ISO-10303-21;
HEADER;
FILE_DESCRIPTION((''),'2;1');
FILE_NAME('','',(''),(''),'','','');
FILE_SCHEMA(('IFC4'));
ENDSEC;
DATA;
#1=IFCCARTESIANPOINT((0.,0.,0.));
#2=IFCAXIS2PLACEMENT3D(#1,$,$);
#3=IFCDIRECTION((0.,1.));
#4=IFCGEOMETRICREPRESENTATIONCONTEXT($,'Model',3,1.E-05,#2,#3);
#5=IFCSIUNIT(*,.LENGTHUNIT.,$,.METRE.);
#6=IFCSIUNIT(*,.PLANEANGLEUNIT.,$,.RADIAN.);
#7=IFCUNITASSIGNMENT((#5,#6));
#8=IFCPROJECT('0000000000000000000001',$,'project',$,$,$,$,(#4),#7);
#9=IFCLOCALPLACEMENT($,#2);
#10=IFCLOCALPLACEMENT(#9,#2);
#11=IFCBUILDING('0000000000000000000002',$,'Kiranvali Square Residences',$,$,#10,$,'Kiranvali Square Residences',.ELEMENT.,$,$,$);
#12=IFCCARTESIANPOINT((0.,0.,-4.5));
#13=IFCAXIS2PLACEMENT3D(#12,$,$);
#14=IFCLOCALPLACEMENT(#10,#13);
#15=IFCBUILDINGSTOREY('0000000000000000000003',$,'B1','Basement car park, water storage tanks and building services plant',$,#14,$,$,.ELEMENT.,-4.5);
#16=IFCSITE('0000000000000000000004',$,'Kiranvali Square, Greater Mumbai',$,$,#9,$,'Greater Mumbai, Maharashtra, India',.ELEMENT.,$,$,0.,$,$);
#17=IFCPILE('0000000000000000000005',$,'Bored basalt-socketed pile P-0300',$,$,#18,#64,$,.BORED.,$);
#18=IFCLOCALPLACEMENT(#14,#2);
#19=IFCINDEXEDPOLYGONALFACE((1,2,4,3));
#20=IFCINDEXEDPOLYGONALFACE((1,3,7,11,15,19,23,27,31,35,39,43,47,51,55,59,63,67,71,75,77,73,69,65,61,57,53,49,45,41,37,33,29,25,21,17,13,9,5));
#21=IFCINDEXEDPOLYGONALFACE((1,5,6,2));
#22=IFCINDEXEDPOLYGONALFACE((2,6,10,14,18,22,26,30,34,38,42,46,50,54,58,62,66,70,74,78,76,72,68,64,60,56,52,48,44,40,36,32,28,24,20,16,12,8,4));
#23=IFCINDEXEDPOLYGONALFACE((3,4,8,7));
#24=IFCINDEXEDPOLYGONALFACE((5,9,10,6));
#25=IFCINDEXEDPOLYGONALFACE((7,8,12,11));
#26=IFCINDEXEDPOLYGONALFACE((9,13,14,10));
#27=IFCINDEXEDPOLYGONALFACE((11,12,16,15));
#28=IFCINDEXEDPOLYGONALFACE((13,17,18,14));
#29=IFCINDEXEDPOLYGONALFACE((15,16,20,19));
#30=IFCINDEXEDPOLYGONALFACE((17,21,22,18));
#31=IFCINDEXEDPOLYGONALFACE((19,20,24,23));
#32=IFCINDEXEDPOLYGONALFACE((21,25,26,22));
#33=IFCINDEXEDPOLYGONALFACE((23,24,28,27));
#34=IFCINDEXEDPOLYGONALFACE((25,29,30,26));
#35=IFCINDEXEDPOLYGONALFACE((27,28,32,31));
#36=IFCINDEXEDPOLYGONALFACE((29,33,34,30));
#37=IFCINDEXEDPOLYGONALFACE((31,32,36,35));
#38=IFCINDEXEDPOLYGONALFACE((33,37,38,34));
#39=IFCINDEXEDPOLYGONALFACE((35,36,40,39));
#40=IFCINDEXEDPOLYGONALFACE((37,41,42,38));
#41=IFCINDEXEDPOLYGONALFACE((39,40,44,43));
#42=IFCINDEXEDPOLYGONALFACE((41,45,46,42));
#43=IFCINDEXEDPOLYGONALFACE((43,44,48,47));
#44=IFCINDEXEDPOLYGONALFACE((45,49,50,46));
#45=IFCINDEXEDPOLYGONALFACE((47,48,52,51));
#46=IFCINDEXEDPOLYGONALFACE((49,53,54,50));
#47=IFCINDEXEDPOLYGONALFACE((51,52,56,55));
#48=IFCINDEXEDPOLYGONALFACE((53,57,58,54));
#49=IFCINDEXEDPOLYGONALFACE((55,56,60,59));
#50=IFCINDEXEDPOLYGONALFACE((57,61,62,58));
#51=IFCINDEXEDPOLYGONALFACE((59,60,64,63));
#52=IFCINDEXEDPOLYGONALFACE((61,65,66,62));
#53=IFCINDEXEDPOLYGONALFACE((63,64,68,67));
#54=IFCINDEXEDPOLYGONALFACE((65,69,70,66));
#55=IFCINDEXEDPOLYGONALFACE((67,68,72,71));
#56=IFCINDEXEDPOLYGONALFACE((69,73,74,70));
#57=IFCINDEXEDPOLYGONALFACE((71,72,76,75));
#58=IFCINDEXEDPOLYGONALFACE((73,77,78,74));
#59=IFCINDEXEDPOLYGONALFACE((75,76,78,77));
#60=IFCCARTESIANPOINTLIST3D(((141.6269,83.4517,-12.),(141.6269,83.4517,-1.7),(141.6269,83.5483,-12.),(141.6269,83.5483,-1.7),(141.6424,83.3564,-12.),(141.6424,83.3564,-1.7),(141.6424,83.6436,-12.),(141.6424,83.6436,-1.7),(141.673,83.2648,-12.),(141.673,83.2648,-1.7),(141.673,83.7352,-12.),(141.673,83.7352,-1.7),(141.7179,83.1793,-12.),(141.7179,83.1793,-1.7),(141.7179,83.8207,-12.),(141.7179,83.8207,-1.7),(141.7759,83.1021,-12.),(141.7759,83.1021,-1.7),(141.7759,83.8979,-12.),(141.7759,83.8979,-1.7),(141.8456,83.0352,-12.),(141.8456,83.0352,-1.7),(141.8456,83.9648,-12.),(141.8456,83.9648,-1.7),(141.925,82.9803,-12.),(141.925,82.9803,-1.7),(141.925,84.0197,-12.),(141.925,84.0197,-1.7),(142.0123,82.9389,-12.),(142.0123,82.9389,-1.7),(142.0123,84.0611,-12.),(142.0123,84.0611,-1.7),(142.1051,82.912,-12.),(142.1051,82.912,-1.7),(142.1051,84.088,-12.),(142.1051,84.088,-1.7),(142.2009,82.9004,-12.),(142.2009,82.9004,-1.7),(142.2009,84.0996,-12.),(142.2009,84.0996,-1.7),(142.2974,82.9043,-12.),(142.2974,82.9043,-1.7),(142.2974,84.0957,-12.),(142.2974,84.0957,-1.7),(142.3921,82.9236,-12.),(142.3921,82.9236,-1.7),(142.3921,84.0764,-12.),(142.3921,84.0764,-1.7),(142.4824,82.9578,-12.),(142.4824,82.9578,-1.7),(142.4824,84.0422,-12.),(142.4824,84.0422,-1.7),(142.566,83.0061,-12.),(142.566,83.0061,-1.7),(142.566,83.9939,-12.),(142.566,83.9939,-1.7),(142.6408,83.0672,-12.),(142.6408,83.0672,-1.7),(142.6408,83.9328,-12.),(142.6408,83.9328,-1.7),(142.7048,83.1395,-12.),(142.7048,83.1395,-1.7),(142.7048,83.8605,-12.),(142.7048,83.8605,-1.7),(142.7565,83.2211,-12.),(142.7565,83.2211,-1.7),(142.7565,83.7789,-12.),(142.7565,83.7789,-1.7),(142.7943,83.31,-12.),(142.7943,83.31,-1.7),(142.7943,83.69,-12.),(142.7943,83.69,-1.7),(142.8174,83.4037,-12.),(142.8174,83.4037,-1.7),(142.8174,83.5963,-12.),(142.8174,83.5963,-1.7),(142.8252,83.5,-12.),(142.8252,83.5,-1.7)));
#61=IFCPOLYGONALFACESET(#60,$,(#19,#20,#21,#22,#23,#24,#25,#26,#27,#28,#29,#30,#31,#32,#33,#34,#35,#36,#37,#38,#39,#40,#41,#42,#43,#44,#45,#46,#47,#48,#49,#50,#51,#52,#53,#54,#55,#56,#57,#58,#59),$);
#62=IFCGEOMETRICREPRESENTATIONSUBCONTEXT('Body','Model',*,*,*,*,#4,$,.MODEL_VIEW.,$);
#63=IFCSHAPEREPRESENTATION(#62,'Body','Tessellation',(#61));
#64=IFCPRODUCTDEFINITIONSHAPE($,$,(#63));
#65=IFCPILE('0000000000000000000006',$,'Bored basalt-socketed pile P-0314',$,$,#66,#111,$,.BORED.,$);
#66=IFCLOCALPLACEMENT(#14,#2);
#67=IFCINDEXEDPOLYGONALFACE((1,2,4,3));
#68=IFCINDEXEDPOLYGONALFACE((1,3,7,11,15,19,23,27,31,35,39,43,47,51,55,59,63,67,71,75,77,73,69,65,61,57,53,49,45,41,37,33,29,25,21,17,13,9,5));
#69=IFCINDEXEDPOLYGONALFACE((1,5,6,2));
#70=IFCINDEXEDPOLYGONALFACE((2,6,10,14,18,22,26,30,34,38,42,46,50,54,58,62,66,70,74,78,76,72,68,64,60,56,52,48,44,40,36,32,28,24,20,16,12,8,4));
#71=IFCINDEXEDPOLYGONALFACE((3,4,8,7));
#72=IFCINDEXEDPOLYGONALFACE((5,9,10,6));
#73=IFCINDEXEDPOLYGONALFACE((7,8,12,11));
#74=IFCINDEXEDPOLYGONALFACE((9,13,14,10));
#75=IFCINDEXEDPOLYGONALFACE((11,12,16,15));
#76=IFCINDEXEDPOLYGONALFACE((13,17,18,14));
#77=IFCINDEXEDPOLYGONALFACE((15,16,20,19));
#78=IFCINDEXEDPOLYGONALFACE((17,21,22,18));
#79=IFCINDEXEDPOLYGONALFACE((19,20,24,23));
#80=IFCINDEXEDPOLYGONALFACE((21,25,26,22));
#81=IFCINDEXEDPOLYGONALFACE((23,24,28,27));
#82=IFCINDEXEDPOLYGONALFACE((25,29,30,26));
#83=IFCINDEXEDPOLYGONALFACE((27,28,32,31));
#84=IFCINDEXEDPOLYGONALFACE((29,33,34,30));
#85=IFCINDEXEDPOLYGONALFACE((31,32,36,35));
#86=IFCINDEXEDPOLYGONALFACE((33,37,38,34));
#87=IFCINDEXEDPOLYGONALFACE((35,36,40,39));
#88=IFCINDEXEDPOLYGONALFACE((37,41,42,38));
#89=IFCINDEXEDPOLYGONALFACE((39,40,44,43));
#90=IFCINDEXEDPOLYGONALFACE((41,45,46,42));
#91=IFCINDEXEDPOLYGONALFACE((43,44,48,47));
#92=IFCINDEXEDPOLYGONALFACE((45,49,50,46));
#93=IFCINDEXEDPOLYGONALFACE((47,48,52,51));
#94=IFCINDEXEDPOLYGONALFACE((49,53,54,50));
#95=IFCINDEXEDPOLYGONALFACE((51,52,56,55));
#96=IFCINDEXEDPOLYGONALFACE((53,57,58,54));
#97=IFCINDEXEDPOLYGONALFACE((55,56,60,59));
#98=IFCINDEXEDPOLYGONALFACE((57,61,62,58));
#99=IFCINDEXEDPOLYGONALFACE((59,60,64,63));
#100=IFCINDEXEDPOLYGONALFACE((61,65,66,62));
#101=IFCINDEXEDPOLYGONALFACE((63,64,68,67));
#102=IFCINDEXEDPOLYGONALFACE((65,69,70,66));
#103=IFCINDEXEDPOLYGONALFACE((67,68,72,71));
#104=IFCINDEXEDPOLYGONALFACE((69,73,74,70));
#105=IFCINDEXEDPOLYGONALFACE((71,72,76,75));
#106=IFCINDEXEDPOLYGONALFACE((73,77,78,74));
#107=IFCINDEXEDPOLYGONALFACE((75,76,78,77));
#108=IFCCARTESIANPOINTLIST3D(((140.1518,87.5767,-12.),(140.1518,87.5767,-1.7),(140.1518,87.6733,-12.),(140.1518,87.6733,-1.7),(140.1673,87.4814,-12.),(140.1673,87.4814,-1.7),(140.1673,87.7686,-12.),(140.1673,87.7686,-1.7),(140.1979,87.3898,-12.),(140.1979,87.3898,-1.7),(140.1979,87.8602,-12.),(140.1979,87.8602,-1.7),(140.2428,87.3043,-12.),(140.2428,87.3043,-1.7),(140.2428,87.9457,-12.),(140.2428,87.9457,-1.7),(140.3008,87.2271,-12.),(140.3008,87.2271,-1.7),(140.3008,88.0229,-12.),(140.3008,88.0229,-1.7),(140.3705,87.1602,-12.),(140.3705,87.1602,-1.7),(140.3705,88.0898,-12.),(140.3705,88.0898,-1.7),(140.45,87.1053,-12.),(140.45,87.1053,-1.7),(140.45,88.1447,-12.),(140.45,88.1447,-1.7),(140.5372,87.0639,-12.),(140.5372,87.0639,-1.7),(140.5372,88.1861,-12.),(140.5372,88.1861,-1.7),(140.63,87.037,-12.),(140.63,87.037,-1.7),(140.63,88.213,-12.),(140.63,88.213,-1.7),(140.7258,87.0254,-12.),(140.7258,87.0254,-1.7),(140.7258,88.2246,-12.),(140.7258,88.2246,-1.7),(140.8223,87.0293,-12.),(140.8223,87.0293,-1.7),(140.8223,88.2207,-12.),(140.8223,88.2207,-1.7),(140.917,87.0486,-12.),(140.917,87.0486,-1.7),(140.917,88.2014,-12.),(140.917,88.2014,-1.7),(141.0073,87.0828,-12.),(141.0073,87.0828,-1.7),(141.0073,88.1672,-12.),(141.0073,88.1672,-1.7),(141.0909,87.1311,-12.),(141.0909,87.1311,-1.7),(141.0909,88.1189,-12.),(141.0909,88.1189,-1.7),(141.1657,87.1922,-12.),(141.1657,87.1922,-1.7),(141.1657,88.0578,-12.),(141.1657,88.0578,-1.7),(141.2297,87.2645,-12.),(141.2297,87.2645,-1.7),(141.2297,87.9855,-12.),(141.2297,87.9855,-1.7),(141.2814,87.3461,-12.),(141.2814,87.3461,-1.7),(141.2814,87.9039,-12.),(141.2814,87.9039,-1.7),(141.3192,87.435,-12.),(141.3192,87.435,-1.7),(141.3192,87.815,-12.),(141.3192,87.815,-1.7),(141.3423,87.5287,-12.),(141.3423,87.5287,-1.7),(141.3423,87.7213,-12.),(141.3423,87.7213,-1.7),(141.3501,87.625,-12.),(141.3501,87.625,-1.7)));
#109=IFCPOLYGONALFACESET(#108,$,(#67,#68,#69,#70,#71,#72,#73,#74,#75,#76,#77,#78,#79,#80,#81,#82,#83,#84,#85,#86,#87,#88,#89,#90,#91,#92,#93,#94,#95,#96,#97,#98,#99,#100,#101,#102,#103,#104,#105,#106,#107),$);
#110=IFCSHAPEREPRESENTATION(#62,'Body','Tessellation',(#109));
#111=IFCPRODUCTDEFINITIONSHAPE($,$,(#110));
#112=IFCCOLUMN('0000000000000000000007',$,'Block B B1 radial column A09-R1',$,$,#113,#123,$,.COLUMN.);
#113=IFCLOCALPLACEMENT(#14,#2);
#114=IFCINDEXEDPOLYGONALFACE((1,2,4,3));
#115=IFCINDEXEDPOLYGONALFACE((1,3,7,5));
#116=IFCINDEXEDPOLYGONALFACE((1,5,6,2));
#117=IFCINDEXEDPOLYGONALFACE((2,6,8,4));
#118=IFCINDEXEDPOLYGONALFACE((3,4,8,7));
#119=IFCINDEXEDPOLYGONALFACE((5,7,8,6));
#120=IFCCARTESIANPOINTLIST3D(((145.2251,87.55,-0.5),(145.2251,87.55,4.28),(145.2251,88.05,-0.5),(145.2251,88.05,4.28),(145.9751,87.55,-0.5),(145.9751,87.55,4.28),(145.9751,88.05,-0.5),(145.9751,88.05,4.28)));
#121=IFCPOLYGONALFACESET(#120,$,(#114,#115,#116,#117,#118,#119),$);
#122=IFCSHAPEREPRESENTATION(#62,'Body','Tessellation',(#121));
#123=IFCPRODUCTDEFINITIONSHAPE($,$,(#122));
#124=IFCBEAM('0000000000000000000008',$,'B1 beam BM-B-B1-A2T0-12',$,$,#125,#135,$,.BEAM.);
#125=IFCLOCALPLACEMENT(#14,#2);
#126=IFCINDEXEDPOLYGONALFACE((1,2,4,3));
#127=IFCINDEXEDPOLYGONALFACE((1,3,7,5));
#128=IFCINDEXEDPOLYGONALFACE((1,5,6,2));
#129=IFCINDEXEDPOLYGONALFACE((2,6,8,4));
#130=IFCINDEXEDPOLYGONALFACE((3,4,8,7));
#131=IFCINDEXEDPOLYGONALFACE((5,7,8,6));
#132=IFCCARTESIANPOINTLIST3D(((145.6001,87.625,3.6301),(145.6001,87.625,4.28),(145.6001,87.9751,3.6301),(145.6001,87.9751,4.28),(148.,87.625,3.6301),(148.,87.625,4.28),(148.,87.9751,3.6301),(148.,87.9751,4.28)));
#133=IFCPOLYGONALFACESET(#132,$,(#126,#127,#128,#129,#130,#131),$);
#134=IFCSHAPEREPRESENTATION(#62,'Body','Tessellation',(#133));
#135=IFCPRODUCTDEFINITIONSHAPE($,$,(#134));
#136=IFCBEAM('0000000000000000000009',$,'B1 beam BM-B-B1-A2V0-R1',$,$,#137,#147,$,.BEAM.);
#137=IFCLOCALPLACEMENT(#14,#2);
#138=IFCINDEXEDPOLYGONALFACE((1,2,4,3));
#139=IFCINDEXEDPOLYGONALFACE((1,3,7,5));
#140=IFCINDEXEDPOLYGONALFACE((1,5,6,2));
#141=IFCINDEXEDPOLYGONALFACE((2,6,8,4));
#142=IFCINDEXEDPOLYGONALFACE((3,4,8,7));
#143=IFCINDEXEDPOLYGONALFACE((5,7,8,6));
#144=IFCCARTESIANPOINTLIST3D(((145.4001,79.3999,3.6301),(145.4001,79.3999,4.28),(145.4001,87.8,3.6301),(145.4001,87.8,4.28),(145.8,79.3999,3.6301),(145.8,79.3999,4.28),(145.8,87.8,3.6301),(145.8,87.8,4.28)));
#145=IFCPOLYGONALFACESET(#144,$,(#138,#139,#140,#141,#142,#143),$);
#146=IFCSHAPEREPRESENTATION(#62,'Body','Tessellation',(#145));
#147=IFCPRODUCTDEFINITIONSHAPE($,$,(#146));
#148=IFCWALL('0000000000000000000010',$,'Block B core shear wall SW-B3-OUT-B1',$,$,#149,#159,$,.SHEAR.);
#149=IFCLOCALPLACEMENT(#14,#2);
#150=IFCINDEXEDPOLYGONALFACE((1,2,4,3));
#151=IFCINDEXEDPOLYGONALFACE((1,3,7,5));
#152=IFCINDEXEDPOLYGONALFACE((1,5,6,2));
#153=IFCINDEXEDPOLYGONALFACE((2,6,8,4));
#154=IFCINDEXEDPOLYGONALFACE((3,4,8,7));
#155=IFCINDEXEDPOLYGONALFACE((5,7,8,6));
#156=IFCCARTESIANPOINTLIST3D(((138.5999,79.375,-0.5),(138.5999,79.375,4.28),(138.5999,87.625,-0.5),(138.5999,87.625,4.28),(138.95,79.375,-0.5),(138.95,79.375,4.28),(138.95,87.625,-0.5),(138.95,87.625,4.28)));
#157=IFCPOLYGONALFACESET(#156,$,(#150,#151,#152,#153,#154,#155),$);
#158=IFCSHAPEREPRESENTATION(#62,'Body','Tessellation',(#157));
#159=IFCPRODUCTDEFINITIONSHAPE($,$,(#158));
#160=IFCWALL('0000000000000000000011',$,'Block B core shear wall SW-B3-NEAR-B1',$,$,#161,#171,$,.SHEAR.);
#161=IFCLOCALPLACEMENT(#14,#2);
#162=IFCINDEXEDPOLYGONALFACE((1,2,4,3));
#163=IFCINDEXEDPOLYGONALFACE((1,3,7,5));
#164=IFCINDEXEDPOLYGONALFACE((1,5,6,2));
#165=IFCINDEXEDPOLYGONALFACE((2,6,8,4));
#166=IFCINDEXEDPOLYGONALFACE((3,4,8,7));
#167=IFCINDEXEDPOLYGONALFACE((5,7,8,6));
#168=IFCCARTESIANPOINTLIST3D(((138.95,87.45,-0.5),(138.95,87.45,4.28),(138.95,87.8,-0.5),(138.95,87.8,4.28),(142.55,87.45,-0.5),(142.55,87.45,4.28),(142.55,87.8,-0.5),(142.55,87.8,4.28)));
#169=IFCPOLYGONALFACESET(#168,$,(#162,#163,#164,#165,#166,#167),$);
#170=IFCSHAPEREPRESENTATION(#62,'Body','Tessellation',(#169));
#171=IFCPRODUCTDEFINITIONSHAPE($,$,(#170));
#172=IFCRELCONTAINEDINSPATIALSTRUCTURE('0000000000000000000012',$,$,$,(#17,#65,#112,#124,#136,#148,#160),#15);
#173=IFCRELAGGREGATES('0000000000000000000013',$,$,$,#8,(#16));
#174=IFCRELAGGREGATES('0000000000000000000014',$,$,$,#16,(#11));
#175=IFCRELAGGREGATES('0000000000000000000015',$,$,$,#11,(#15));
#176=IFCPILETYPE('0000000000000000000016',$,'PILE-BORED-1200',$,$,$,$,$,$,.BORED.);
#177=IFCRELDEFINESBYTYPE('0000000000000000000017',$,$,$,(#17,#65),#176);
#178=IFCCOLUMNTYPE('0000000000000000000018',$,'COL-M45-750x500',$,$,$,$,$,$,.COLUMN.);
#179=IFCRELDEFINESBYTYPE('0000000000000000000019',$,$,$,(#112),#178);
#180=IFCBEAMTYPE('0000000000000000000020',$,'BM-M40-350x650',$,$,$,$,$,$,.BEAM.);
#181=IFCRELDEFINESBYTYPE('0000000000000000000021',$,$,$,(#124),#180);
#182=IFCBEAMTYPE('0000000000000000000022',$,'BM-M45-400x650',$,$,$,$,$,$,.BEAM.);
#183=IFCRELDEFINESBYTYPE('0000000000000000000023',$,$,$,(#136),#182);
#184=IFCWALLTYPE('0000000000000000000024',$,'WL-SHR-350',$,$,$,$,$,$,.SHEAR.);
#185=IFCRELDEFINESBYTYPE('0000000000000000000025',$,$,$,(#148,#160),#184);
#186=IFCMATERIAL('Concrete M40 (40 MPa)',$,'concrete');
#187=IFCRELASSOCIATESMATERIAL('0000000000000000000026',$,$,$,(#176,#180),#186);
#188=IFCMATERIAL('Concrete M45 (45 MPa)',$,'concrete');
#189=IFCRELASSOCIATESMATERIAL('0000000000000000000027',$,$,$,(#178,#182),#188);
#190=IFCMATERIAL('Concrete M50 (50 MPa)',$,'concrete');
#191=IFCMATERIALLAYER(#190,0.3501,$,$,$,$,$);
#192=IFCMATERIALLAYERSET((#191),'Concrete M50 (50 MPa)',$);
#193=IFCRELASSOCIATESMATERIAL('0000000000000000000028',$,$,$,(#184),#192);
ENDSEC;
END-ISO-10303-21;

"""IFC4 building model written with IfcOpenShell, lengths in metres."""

from ifc_helpers import new_model, si_unit, direction, frame, frame_2d, origin, origin_2d, place, context, subcontext, project, spatial, rectangle, circle, extrude, material, layer, layer_set, material_profile, profile_set, type_object, element, save


model = new_model("IFC4")

# Units and contexts
model_context = context("Model", 3, precision=1e-05, world=origin(), true_north=direction((0.0, 1.0)))
body_context = subcontext(model_context, "Body", "Model", "MODEL_VIEW")
ifc_project = project(units=[si_unit("LENGTHUNIT", "METRE"), si_unit("PLANEANGLEUNIT", "RADIAN")], contexts=[model_context])

# Site, building, storey
site_placement = place(None, origin())
site = spatial("IfcSite", under=ifc_project, at=site_placement, Name="Kiranvali Square, Greater Mumbai", LongName="Greater Mumbai, Maharashtra, India", CompositionType="ELEMENT", RefElevation=0.0)
building_placement = place(site_placement, origin())
building = spatial("IfcBuilding", under=site, at=building_placement, Name="Kiranvali Square Residences", LongName="Kiranvali Square Residences", CompositionType="ELEMENT")
storey_placement = place(building_placement, frame((0.0, 0.0, -4.5)))
storey = spatial("IfcBuildingStorey", under=building, at=storey_placement, Name="B1", Description="Basement car park, water storage tanks and building services plant", CompositionType="ELEMENT", Elevation=-4.5)

# Shared definitions
ifc_material_1 = material(Name="Concrete M40 (40 MPa)", Category="concrete")

# Piles
ifc_material_profile_1 = material_profile(ifc_material_1, circle(Radius=0.6001, at=origin_2d()), Name="BORED PILE 1200")
ifc_profile_set_1 = profile_set([ifc_material_profile_1], Name="Concrete M40 (40 MPa)")
pile_type = type_object("IfcPileType", Name="PILE-BORED-1200", PredefinedType="BORED", material=ifc_profile_set_1)
for number, where, z_axis, x_axis, name in (
    (1, (142.2251, 83.5, -1.7), (0.0, 0.0, -1.0), (1.0, 0.0, 0.0), "Bored basalt-socketed pile P-0300"),
    (2, (140.75, 87.625, -1.7), (0.0, 0.0, -1.0), (1.0, 0.0, 0.0), "Bored basalt-socketed pile P-0314"),
):
    element("IfcPile", number, at=place(storey_placement, frame(where, z_axis=z_axis, x_axis=x_axis)), inside=storey, type_object=pile_type, Name=name, PredefinedType="BORED", context=body_context, shape_type="SweptSolid", body=[
        extrude(circle(Radius=0.6001, at=origin_2d()), origin(), (0.0, 0.0, 1.0), 10.3),
    ])

# Column
ifc_material_2 = material(Name="Concrete M45 (45 MPa)", Category="concrete")
ifc_material_profile_2 = material_profile(ifc_material_2, rectangle(XDim=0.5, YDim=0.75, at=origin_2d()), Name="RC 750x500")
ifc_profile_set_2 = profile_set([ifc_material_profile_2], Name="Concrete M45 (45 MPa)")
column_type = type_object("IfcColumnType", Name="COL-M45-750x500", PredefinedType="COLUMN", material=ifc_profile_set_2)
column_placement = place(storey_placement, frame((145.6001, 87.8, -0.5), z_axis=(0.0, 0.0, 1.0), x_axis=(0.0, 1.0, 0.0)))
element("IfcColumn", 3, at=column_placement, inside=storey, type_object=column_type, Name="Block B B1 radial column A09-R1", PredefinedType="COLUMN", context=body_context, shape_type="SweptSolid", body=[
    extrude(rectangle(XDim=0.5, YDim=0.75, at=origin_2d()), origin(), (0.0, 0.0, 1.0), 4.78),
])

# Beams
ifc_material_profile_3 = material_profile(ifc_material_1, rectangle(XDim=0.3501, YDim=0.6499, at=origin_2d()), Name="RC 350x650")
ifc_profile_set_3 = profile_set([ifc_material_profile_3], Name="Concrete M40 (40 MPa)")
beam_type_1 = type_object("IfcBeamType", Name="BM-M40-350x650", PredefinedType="BEAM", material=ifc_profile_set_3)
beam_1_placement = place(storey_placement, frame((145.6001, 87.8, 3.9551), z_axis=(1.0, 0.0, 0.0), x_axis=(0.0, 1.0, 0.0)))
element("IfcBeam", 4, at=beam_1_placement, inside=storey, type_object=beam_type_1, Name="B1 beam BM-B-B1-A2T0-12", PredefinedType="BEAM", context=body_context, shape_type="SweptSolid", body=[
    extrude(rectangle(XDim=0.3501, YDim=0.6499, at=origin_2d()), origin(), (0.0, 0.0, 1.0), 2.3999),
])
ifc_material_profile_4 = material_profile(ifc_material_2, rectangle(XDim=0.3999, YDim=0.6499, at=origin_2d()), Name="RC 400x650")
ifc_profile_set_4 = profile_set([ifc_material_profile_4], Name="Concrete M45 (45 MPa)")
beam_type_2 = type_object("IfcBeamType", Name="BM-M45-400x650", PredefinedType="BEAM", material=ifc_profile_set_4)
beam_2_placement = place(storey_placement, frame((145.6001, 87.8, 3.9551), z_axis=(0.0, -1.0, 0.0), x_axis=(1.0, 0.0, 0.0)))
element("IfcBeam", 5, at=beam_2_placement, inside=storey, type_object=beam_type_2, Name="B1 beam BM-B-B1-A2V0-R1", PredefinedType="BEAM", context=body_context, shape_type="SweptSolid", body=[
    extrude(rectangle(XDim=0.3999, YDim=0.6499, at=origin_2d()), origin(), (0.0, 0.0, 1.0), 8.4001),
])

# Wall
ifc_material_3 = material(Name="Concrete M50 (50 MPa)", Category="concrete")
ifc_layer_1 = layer(ifc_material_3, 0.3501)
ifc_layer_set_1 = layer_set([ifc_layer_1], Name="Concrete M50 (50 MPa)")
wall_type_1 = type_object("IfcWallType", Name="WL-SHR-350", PredefinedType="SHEAR", material=ifc_layer_set_1)
wall_1_placement = place(storey_placement, frame((138.7749, 87.625, -0.5), z_axis=(0.0, 0.0, 1.0), x_axis=(0.0, -1.0, 0.0)))
element("IfcWall", 6, at=wall_1_placement, inside=storey, type_object=wall_type_1, Name="Block B core shear wall SW-B3-OUT-B1", PredefinedType="SHEAR", context=body_context, shape_type="SweptSolid", body=[
    extrude(rectangle(XDim=8.25, YDim=0.3501, at=frame_2d((4.125, 0.0))), origin(), (0.0, 0.0, 1.0), 4.78),
])

# Wall
wall_2_placement = place(storey_placement, frame((138.95, 87.625, -0.5), z_axis=(0.0, 0.0, 1.0), x_axis=(1.0, 0.0, 0.0)))
element("IfcWall", 7, at=wall_2_placement, inside=storey, type_object=wall_type_1, Name="Block B core shear wall SW-B3-NEAR-B1", PredefinedType="SHEAR", context=body_context, shape_type="SweptSolid", body=[
    extrude(rectangle(XDim=3.6001, YDim=0.3501, at=frame_2d((1.8, 0.0))), origin(), (0.0, 0.0, 1.0), 4.78),
])

save(model, "model.ifc")
